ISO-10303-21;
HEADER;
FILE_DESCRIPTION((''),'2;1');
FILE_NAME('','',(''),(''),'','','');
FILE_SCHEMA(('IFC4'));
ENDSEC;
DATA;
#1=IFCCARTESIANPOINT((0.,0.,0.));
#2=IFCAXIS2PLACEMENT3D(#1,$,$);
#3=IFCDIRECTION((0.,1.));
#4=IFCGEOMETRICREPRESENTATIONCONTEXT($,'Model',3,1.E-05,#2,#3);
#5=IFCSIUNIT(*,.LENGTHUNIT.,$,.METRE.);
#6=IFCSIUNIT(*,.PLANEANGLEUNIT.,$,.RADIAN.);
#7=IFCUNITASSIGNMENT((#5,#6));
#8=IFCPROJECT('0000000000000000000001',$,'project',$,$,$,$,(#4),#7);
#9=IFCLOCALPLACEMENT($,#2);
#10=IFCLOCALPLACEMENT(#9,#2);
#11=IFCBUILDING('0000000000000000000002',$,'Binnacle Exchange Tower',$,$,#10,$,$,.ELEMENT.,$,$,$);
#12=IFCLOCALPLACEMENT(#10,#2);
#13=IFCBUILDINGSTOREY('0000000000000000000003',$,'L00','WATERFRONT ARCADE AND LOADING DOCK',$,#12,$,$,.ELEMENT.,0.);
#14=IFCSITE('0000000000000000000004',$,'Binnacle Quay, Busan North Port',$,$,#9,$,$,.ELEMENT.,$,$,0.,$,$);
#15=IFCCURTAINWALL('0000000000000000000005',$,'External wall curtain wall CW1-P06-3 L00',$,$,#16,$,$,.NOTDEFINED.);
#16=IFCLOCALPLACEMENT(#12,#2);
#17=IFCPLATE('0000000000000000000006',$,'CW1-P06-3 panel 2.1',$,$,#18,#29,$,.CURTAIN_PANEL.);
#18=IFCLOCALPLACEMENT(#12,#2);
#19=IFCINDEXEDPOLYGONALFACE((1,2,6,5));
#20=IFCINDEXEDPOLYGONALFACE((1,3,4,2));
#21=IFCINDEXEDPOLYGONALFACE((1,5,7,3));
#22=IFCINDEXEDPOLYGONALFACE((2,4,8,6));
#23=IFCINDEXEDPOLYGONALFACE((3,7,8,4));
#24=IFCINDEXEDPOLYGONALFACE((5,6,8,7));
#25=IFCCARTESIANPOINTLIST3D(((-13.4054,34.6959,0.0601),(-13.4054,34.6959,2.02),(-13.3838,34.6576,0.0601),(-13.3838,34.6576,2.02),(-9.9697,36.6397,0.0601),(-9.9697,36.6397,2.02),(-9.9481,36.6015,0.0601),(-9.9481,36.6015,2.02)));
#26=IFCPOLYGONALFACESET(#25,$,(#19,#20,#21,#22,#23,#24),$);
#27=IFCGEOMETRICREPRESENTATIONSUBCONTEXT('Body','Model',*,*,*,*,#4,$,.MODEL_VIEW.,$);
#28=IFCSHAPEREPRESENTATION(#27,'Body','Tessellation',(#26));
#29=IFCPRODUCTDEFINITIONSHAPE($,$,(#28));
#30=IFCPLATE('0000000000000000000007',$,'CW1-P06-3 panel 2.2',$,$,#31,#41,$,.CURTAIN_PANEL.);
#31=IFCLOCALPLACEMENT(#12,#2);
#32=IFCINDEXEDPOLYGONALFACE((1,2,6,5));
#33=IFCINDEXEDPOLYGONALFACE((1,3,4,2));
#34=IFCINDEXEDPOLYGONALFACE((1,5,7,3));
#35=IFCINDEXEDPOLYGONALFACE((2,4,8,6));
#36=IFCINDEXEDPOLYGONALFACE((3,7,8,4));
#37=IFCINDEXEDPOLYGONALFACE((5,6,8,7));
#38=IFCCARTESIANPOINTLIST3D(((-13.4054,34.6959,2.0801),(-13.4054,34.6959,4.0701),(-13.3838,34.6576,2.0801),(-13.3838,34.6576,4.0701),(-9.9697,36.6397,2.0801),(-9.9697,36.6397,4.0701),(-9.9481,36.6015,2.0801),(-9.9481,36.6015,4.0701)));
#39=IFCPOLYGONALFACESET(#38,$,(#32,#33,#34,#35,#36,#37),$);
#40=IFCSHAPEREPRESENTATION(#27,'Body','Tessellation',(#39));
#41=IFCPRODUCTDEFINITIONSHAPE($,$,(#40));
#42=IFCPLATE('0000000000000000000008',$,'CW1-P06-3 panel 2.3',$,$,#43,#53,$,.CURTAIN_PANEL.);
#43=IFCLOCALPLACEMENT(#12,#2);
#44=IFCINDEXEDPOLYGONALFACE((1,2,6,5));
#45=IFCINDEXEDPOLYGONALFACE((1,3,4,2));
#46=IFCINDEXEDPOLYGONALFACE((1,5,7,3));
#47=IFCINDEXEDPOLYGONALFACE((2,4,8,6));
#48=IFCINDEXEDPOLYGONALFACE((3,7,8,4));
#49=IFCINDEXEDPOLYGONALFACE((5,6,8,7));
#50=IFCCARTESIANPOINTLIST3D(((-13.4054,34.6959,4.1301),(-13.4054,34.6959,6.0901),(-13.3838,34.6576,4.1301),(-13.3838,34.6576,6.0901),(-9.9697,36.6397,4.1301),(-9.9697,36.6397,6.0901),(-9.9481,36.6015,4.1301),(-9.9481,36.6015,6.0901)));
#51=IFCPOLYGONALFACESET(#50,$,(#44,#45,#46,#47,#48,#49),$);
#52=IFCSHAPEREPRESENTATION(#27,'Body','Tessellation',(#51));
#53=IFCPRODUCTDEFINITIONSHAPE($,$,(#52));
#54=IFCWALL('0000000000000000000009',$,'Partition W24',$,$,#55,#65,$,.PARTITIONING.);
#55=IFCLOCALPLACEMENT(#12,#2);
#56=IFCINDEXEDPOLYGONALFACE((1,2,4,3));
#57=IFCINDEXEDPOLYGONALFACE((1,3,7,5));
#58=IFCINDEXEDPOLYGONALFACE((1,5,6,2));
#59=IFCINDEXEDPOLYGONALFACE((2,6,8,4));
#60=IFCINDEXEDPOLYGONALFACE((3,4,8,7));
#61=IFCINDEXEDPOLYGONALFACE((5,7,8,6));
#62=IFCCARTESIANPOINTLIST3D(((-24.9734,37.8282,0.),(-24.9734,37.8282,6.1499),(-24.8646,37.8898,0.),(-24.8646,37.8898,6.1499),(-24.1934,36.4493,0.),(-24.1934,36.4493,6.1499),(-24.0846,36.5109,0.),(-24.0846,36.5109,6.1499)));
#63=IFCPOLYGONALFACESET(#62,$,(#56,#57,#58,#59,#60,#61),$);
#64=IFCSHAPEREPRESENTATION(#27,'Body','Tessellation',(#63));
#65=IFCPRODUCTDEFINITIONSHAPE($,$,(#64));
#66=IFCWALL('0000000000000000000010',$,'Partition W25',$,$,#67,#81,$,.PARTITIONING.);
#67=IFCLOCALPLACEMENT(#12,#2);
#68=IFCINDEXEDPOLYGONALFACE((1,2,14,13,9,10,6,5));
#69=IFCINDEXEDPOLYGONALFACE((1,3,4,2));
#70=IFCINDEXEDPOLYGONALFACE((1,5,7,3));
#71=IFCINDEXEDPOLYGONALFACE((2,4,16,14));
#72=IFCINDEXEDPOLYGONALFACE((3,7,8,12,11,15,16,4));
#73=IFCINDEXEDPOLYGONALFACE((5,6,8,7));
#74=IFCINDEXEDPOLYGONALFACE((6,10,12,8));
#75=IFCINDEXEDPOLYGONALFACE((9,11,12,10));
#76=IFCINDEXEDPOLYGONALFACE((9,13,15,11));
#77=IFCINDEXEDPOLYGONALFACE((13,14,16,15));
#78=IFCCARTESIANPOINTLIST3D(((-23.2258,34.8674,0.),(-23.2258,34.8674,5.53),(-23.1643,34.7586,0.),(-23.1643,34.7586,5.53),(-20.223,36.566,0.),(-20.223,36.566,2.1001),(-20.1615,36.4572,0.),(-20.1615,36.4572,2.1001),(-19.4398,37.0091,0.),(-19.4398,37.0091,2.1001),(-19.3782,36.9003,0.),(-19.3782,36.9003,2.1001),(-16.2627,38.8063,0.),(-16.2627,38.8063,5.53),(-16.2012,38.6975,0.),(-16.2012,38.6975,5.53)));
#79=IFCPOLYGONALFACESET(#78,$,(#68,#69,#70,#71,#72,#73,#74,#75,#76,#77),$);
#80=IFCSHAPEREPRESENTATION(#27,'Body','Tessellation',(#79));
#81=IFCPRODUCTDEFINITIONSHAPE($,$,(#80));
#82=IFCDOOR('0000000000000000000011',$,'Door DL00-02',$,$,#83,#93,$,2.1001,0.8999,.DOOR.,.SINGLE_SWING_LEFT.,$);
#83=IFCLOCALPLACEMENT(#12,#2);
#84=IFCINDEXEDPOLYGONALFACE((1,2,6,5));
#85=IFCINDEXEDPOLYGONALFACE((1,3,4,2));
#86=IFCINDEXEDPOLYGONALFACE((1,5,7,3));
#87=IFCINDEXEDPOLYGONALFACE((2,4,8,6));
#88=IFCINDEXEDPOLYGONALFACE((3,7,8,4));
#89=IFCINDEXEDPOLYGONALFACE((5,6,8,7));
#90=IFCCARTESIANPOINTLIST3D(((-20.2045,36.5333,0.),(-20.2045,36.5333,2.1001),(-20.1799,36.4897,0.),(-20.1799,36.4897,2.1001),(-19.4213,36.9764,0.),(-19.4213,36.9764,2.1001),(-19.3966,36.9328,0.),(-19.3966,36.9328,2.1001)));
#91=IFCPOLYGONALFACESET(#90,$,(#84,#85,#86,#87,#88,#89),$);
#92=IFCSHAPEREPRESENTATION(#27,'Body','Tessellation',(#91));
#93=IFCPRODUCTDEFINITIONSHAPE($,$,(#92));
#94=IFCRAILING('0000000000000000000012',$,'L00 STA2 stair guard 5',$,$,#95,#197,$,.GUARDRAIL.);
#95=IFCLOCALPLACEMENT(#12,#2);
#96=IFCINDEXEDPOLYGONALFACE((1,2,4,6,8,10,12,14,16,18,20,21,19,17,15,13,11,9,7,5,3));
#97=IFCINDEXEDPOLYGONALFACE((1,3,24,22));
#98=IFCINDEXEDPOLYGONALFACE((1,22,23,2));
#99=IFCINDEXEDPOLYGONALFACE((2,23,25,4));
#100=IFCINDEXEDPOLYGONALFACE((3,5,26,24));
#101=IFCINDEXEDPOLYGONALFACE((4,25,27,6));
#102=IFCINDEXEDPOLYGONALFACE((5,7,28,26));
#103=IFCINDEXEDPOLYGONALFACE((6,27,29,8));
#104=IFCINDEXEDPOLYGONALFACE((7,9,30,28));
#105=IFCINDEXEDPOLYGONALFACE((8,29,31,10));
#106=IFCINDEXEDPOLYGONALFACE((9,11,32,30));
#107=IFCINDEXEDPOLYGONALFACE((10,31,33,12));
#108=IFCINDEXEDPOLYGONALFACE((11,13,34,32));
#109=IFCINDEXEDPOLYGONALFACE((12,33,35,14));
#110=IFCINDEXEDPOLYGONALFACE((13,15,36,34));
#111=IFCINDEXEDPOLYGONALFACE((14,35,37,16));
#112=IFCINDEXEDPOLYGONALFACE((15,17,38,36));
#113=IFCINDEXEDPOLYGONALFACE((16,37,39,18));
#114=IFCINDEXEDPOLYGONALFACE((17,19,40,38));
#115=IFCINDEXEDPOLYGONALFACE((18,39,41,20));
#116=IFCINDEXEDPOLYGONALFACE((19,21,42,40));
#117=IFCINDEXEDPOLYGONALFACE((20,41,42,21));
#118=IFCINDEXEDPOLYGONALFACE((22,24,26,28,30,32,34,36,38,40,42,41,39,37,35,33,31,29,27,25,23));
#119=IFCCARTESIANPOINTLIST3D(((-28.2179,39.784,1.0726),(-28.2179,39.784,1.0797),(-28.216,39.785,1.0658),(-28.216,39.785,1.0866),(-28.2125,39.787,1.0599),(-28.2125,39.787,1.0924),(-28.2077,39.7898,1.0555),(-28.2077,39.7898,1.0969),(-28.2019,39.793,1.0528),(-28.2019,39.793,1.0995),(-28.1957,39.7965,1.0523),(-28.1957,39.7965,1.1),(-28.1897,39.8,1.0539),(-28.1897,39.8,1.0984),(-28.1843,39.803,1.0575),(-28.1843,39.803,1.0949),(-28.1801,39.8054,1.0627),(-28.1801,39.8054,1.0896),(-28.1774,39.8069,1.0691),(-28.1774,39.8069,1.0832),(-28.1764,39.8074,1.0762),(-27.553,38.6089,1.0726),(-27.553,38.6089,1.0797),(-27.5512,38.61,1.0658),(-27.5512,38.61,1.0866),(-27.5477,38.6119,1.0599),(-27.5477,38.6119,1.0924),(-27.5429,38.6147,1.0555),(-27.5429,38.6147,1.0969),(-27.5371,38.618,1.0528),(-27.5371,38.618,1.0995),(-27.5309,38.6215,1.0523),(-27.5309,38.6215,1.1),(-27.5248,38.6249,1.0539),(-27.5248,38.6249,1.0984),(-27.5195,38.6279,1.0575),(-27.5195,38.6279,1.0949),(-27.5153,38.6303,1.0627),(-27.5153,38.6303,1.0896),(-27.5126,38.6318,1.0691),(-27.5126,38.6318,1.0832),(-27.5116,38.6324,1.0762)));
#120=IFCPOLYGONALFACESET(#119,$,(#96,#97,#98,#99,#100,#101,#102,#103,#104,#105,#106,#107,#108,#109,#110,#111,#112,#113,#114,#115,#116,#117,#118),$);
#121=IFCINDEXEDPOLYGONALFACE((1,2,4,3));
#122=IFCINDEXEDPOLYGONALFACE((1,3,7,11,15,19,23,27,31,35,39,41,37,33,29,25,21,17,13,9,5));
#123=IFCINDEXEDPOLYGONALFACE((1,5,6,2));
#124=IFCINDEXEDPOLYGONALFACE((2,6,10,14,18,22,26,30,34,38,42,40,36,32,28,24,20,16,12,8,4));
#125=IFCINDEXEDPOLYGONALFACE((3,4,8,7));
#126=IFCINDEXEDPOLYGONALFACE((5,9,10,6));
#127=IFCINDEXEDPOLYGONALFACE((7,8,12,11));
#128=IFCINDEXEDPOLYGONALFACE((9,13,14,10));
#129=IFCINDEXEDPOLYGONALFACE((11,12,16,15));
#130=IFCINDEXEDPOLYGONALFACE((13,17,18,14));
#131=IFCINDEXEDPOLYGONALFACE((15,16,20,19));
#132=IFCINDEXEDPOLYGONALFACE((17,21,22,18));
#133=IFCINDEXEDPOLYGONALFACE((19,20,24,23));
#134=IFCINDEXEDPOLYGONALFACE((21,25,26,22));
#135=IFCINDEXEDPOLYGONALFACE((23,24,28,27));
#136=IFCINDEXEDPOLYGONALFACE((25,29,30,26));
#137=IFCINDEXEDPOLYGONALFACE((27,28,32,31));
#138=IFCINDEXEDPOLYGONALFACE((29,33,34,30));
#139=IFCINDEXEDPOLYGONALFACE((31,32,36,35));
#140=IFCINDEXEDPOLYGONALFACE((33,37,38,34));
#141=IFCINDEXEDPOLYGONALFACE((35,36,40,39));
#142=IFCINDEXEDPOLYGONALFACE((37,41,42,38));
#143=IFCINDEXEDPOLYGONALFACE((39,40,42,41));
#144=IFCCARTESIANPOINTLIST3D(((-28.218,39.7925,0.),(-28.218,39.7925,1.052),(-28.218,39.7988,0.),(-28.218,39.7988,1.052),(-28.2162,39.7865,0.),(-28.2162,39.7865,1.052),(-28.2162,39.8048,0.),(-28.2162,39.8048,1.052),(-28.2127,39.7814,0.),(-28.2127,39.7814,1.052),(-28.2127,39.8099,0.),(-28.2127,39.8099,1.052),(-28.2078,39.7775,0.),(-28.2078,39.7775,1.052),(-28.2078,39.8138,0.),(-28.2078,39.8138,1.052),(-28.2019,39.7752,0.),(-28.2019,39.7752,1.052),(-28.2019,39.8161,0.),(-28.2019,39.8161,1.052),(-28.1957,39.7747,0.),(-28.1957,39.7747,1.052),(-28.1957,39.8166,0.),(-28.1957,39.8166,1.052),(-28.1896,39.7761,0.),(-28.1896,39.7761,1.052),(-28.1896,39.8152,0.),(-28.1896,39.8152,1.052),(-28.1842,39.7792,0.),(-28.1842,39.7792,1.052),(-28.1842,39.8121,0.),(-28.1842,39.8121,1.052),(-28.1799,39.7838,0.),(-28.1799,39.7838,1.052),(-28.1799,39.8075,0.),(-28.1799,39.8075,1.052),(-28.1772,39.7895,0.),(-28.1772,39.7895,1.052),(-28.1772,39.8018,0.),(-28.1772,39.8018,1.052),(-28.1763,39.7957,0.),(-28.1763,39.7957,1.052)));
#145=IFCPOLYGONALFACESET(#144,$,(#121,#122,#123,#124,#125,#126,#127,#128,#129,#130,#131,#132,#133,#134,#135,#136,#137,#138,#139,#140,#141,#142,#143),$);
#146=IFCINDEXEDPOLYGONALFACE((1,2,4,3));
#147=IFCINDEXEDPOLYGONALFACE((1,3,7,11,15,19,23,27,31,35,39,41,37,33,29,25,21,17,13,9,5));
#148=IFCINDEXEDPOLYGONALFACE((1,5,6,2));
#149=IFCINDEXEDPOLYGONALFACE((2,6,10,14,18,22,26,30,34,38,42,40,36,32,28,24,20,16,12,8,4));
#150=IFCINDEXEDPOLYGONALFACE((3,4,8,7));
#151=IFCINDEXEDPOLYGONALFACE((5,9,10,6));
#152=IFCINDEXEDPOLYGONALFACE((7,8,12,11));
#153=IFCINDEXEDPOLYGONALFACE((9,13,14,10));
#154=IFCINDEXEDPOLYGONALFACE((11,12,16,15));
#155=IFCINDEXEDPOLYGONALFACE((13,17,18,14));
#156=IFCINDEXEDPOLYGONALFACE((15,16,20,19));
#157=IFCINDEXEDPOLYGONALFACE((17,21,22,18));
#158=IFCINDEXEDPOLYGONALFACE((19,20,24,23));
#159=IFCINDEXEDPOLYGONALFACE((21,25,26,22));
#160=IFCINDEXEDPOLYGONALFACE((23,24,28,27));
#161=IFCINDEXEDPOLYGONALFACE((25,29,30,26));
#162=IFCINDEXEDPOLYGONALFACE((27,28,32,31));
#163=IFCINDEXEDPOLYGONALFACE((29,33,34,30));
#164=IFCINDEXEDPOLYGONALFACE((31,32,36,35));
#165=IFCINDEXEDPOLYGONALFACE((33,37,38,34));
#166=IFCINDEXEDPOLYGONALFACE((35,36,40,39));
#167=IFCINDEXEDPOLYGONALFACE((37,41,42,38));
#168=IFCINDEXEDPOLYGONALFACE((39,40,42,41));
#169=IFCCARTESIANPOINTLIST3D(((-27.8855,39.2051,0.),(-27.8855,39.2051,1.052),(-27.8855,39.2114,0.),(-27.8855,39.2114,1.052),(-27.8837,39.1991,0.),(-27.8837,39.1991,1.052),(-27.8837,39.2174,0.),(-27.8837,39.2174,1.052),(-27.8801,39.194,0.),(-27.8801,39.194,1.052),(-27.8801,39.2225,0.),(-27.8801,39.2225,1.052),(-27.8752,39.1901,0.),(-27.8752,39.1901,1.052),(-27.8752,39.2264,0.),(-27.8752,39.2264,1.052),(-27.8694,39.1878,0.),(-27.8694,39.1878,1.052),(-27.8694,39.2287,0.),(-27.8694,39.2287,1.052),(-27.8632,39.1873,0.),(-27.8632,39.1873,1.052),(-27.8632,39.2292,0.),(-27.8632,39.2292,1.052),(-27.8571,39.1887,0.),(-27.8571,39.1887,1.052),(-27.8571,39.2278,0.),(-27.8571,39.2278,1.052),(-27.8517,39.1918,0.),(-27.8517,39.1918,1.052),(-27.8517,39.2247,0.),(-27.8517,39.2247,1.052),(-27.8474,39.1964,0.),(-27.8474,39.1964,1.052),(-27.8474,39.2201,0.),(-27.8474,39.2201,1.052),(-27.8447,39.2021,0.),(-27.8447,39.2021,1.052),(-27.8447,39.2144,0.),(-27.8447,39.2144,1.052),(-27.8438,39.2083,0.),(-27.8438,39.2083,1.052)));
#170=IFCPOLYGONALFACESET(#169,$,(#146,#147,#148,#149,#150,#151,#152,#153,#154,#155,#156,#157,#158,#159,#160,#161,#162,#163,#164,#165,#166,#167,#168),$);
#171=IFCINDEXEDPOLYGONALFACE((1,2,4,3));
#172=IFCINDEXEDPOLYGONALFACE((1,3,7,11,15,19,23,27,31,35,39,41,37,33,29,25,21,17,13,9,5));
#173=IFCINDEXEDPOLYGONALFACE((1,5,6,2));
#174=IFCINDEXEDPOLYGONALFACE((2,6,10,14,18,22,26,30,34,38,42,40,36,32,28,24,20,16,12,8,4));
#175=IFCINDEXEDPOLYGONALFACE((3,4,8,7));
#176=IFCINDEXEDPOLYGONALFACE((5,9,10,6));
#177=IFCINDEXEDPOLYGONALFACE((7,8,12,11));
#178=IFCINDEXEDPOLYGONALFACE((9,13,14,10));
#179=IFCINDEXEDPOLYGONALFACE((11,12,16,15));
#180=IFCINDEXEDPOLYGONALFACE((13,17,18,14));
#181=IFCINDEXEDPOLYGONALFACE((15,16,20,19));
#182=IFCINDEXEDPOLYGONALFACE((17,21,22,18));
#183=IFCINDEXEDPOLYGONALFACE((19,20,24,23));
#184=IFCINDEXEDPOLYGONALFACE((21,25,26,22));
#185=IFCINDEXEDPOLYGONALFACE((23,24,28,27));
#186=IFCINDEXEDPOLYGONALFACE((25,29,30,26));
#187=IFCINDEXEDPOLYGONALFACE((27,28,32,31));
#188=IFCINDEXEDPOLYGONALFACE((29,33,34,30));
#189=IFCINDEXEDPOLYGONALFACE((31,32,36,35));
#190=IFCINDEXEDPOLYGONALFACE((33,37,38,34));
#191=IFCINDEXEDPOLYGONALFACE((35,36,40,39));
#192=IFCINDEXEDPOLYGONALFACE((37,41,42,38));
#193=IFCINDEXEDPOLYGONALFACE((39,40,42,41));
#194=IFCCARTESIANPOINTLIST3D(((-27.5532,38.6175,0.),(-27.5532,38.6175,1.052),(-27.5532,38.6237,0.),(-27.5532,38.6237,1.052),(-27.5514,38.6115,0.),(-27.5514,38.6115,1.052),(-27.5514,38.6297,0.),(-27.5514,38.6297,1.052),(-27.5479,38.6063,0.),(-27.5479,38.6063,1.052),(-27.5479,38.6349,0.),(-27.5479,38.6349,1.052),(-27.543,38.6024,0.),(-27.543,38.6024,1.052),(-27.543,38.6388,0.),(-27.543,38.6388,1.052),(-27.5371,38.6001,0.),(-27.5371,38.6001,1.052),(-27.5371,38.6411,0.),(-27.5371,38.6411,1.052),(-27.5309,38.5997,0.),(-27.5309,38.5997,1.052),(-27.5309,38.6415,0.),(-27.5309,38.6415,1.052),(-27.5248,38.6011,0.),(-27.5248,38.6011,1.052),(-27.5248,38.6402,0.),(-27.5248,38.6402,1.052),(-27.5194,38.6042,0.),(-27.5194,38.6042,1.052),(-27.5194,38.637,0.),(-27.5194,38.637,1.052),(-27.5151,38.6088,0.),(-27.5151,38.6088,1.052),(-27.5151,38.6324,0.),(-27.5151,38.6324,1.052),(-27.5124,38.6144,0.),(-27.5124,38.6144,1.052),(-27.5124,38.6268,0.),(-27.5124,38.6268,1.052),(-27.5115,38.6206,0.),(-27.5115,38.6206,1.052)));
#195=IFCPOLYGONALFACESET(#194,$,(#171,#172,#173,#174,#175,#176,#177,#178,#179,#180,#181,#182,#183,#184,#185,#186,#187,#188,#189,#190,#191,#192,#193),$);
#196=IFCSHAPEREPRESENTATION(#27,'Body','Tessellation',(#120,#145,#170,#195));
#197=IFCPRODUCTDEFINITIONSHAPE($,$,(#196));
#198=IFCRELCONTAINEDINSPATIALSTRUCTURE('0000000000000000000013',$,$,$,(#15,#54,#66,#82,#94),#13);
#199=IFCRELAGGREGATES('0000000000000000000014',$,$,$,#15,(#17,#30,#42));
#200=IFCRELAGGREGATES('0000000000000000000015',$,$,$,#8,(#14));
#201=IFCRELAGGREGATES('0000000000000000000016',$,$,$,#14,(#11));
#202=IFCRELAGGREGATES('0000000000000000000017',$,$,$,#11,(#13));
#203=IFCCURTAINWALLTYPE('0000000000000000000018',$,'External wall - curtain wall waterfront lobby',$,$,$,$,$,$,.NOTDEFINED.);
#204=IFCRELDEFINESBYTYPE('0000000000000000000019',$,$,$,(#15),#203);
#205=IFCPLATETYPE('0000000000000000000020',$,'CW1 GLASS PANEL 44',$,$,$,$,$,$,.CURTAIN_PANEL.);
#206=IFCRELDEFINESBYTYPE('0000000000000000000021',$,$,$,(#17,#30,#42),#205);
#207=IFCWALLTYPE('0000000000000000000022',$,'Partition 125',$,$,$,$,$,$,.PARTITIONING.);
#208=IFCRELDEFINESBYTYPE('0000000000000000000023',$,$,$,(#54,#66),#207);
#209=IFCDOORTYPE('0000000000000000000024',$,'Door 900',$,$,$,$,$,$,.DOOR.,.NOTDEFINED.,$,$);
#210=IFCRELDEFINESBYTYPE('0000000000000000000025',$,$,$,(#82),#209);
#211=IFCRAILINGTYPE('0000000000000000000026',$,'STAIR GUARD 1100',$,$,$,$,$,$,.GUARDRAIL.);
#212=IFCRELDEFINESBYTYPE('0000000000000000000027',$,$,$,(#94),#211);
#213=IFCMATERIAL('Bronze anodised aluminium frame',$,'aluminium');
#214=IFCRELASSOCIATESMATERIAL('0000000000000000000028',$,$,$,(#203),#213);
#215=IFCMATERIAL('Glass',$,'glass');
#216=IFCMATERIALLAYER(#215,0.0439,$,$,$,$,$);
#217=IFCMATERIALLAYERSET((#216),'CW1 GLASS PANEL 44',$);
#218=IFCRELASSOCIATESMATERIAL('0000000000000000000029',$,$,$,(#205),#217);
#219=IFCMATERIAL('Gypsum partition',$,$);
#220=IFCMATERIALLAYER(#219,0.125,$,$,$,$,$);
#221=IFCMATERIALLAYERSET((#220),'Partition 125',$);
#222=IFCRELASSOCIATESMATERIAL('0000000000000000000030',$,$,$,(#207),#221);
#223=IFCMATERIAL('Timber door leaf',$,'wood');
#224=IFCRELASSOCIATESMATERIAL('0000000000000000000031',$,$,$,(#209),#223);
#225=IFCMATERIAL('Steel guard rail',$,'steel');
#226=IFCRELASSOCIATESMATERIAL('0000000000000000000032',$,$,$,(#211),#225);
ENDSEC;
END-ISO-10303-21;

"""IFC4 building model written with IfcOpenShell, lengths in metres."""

from ifc_helpers import new_model, si_unit, direction, frame, frame_2d, origin, origin_2d, place, context, subcontext, project, spatial, rectangle, circle, extrude, material, layer, layer_set, type_object, element, fill, aggregate, save


model = new_model("IFC4")

# Units and contexts
model_context = context("Model", 3, precision=1e-05, world=origin(), true_north=direction((0.0, 1.0)))
body_context = subcontext(model_context, "Body", "Model", "MODEL_VIEW")
ifc_project = project(units=[si_unit("LENGTHUNIT", "METRE"), si_unit("PLANEANGLEUNIT", "RADIAN")], contexts=[model_context])

# Site, building, storey
site_placement = place(None, origin())
site = spatial("IfcSite", under=ifc_project, at=site_placement, Name="Binnacle Quay, Busan North Port", CompositionType="ELEMENT", RefElevation=0.0)
building_placement = place(site_placement, origin())
building = spatial("IfcBuilding", under=site, at=building_placement, Name="Binnacle Exchange Tower", CompositionType="ELEMENT")
storey_placement = place(building_placement, origin())
storey = spatial("IfcBuildingStorey", under=building, at=storey_placement, Name="L00", Description="WATERFRONT ARCADE AND LOADING DOCK", CompositionType="ELEMENT", Elevation=0.0)

# Curtain wall
ifc_material_1 = material(Name="Bronze anodised aluminium frame", Category="aluminium")
curtain_wall_type = type_object("IfcCurtainWallType", Name="External wall - curtain wall waterfront lobby", PredefinedType="NOTDEFINED", material=ifc_material_1)
curtain_wall_placement = place(storey_placement, origin())
curtain_wall = element("IfcCurtainWall", 1, at=curtain_wall_placement, inside=storey, type_object=curtain_wall_type, Name="External wall curtain wall CW1-P06-3 L00", PredefinedType="NOTDEFINED")

# Plates
ifc_material_2 = material(Name="Glass", Category="glass")
ifc_layer_1 = layer(ifc_material_2, 0.0439)
ifc_layer_set_1 = layer_set([ifc_layer_1], Name="CW1 GLASS PANEL 44")
plate_type = type_object("IfcPlateType", Name="CW1 GLASS PANEL 44", PredefinedType="CURTAIN_PANEL", material=ifc_layer_set_1)
plate_1_placement = place(storey_placement, frame((-11.6768, 35.6487, 0.0601), z_axis=(0.0, 0.0, 1.0), x_axis=(0.870356, 0.492424, 0.0)))
plate_1 = element("IfcPlate", 2, at=plate_1_placement, type_object=plate_type, Name="CW1-P06-3 panel 2.1", PredefinedType="CURTAIN_PANEL", context=body_context, shape_type="SweptSolid", body=[
    extrude(rectangle(XDim=3.9475, YDim=0.0439, at=origin_2d()), origin(), (0.0, 0.0, 1.0), 1.96),
])
plate_2_placement = place(storey_placement, frame((-11.6768, 35.6487, 2.0801), z_axis=(0.0, 0.0, 1.0), x_axis=(0.870356, 0.492424, 0.0)))
plate_2 = element("IfcPlate", 3, at=plate_2_placement, type_object=plate_type, Name="CW1-P06-3 panel 2.2", PredefinedType="CURTAIN_PANEL", context=body_context, shape_type="SweptSolid", body=[
    extrude(rectangle(XDim=3.9475, YDim=0.0439, at=origin_2d()), origin(), (0.0, 0.0, 1.0), 1.99),
])
plate_3_placement = place(storey_placement, frame((-11.6768, 35.6487, 4.1301), z_axis=(0.0, 0.0, 1.0), x_axis=(0.870356, 0.492424, 0.0)))
plate_3 = element("IfcPlate", 4, at=plate_3_placement, type_object=plate_type, Name="CW1-P06-3 panel 2.3", PredefinedType="CURTAIN_PANEL", context=body_context, shape_type="SweptSolid", body=[
    extrude(rectangle(XDim=3.9475, YDim=0.0439, at=origin_2d()), origin(), (0.0, 0.0, 1.0), 1.96),
])
aggregate(curtain_wall, [plate_1, plate_2, plate_3])

# Wall
ifc_material_3 = material(Name="Gypsum partition")
ifc_layer_2 = layer(ifc_material_3, 0.125)
ifc_layer_set_2 = layer_set([ifc_layer_2], Name="Partition 125")
wall_type = type_object("IfcWallType", Name="Partition 125", PredefinedType="PARTITIONING", material=ifc_layer_set_2)
wall_1_placement = place(storey_placement, frame((-24.9189, 37.8589, 0.0), z_axis=(0.0, 0.0, 1.0), x_axis=(0.492367, -0.870388, 0.0)))
element("IfcWall", 5, at=wall_1_placement, inside=storey, type_object=wall_type, Name="Partition W24", PredefinedType="PARTITIONING", context=body_context, shape_type="SweptSolid", body=[
    extrude(rectangle(XDim=1.5842, YDim=0.125, at=frame_2d((0.792, 0.0))), origin(), (0.0, 0.0, 1.0), 6.1499),
])

# Wall, opening, door
wall_2_placement = place(storey_placement, frame((-23.1951, 34.813, 0.0), z_axis=(0.0, 0.0, 1.0), x_axis=(0.870387, 0.492368, 0.0)))
wall_2 = element("IfcWall", 6, at=wall_2_placement, inside=storey, type_object=wall_type, Name="Partition W25", PredefinedType="PARTITIONING", context=body_context, shape_type="SweptSolid", body=[
    extrude(rectangle(XDim=8.0, YDim=0.125, at=frame_2d((4.0, 0.0))), origin(), (0.0, 0.0, 1.0), 5.53),
])
opening_placement = place(wall_2_placement, frame((3.45, 0.0, 0.0)))
opening = element("IfcOpeningElement", 7, at=opening_placement, cuts=wall_2, PredefinedType="OPENING", context=body_context, shape_type="SweptSolid", body=[
    extrude(rectangle(XDim=0.8999, YDim=2.1001, at=frame_2d((0.45, 1.05))), frame((0.0, 0.0725, 0.0), z_axis=(0.0, -1.0, 0.0), x_axis=(1.0, 0.0, 0.0)), (0.0, 0.0, 1.0), 0.145),
])
ifc_material_4 = material(Name="Timber door leaf", Category="wood")
door_type = type_object("IfcDoorType", Name="Door 900", OperationType="NOTDEFINED", PredefinedType="DOOR", material=ifc_material_4)
door_placement = place(opening_placement, origin())
door = element("IfcDoor", 8, at=door_placement, inside=storey, type_object=door_type, Name="Door DL00-02", OperationType="SINGLE_SWING_LEFT", OverallHeight=2.1001, OverallWidth=0.8999, PredefinedType="DOOR", context=body_context, shape_type="SweptSolid", body=[
    extrude(rectangle(XDim=0.8999, YDim=2.1001, at=frame_2d((0.45, 1.05))), frame((0.0, 0.0249, 0.0), z_axis=(0.0, -1.0, 0.0), x_axis=(1.0, 0.0, 0.0)), (0.0, 0.0, 1.0), 0.05),
])
fill(opening, door)

# Railing
ifc_material_5 = material(Name="Steel guard rail", Category="steel")
railing_type = type_object("IfcRailingType", Name="STAIR GUARD 1100", PredefinedType="GUARDRAIL", material=ifc_material_5)
railing_placement = place(storey_placement, frame((-28.1973, 39.7957, 0.0)))
element("IfcRailing", 9, at=railing_placement, inside=storey, type_object=railing_type, Name="L00 STA2 stair guard 5", PredefinedType="GUARDRAIL", context=body_context, shape_type="SweptSolid", body=[
    extrude(circle(Radius=0.0239, at=origin_2d()), frame((0.0, 0.0, 1.0762), z_axis=(0.492415, -0.870361, 0.0), x_axis=(0.870361, 0.492415, 0.0)), (0.0, 0.0, 1.0), 1.3501),
    extrude(circle(Radius=0.021, at=origin_2d()), origin(), (0.0, 0.0, 1.0), 1.052),
    extrude(circle(Radius=0.021, at=origin_2d()), frame((0.3325, -0.5874, 0.0)), (0.0, 0.0, 1.0), 1.052),
    extrude(circle(Radius=0.021, at=origin_2d()), frame((0.6648, -1.175, 0.0)), (0.0, 0.0, 1.0), 1.052),
])

save(model, "model.ifc")
